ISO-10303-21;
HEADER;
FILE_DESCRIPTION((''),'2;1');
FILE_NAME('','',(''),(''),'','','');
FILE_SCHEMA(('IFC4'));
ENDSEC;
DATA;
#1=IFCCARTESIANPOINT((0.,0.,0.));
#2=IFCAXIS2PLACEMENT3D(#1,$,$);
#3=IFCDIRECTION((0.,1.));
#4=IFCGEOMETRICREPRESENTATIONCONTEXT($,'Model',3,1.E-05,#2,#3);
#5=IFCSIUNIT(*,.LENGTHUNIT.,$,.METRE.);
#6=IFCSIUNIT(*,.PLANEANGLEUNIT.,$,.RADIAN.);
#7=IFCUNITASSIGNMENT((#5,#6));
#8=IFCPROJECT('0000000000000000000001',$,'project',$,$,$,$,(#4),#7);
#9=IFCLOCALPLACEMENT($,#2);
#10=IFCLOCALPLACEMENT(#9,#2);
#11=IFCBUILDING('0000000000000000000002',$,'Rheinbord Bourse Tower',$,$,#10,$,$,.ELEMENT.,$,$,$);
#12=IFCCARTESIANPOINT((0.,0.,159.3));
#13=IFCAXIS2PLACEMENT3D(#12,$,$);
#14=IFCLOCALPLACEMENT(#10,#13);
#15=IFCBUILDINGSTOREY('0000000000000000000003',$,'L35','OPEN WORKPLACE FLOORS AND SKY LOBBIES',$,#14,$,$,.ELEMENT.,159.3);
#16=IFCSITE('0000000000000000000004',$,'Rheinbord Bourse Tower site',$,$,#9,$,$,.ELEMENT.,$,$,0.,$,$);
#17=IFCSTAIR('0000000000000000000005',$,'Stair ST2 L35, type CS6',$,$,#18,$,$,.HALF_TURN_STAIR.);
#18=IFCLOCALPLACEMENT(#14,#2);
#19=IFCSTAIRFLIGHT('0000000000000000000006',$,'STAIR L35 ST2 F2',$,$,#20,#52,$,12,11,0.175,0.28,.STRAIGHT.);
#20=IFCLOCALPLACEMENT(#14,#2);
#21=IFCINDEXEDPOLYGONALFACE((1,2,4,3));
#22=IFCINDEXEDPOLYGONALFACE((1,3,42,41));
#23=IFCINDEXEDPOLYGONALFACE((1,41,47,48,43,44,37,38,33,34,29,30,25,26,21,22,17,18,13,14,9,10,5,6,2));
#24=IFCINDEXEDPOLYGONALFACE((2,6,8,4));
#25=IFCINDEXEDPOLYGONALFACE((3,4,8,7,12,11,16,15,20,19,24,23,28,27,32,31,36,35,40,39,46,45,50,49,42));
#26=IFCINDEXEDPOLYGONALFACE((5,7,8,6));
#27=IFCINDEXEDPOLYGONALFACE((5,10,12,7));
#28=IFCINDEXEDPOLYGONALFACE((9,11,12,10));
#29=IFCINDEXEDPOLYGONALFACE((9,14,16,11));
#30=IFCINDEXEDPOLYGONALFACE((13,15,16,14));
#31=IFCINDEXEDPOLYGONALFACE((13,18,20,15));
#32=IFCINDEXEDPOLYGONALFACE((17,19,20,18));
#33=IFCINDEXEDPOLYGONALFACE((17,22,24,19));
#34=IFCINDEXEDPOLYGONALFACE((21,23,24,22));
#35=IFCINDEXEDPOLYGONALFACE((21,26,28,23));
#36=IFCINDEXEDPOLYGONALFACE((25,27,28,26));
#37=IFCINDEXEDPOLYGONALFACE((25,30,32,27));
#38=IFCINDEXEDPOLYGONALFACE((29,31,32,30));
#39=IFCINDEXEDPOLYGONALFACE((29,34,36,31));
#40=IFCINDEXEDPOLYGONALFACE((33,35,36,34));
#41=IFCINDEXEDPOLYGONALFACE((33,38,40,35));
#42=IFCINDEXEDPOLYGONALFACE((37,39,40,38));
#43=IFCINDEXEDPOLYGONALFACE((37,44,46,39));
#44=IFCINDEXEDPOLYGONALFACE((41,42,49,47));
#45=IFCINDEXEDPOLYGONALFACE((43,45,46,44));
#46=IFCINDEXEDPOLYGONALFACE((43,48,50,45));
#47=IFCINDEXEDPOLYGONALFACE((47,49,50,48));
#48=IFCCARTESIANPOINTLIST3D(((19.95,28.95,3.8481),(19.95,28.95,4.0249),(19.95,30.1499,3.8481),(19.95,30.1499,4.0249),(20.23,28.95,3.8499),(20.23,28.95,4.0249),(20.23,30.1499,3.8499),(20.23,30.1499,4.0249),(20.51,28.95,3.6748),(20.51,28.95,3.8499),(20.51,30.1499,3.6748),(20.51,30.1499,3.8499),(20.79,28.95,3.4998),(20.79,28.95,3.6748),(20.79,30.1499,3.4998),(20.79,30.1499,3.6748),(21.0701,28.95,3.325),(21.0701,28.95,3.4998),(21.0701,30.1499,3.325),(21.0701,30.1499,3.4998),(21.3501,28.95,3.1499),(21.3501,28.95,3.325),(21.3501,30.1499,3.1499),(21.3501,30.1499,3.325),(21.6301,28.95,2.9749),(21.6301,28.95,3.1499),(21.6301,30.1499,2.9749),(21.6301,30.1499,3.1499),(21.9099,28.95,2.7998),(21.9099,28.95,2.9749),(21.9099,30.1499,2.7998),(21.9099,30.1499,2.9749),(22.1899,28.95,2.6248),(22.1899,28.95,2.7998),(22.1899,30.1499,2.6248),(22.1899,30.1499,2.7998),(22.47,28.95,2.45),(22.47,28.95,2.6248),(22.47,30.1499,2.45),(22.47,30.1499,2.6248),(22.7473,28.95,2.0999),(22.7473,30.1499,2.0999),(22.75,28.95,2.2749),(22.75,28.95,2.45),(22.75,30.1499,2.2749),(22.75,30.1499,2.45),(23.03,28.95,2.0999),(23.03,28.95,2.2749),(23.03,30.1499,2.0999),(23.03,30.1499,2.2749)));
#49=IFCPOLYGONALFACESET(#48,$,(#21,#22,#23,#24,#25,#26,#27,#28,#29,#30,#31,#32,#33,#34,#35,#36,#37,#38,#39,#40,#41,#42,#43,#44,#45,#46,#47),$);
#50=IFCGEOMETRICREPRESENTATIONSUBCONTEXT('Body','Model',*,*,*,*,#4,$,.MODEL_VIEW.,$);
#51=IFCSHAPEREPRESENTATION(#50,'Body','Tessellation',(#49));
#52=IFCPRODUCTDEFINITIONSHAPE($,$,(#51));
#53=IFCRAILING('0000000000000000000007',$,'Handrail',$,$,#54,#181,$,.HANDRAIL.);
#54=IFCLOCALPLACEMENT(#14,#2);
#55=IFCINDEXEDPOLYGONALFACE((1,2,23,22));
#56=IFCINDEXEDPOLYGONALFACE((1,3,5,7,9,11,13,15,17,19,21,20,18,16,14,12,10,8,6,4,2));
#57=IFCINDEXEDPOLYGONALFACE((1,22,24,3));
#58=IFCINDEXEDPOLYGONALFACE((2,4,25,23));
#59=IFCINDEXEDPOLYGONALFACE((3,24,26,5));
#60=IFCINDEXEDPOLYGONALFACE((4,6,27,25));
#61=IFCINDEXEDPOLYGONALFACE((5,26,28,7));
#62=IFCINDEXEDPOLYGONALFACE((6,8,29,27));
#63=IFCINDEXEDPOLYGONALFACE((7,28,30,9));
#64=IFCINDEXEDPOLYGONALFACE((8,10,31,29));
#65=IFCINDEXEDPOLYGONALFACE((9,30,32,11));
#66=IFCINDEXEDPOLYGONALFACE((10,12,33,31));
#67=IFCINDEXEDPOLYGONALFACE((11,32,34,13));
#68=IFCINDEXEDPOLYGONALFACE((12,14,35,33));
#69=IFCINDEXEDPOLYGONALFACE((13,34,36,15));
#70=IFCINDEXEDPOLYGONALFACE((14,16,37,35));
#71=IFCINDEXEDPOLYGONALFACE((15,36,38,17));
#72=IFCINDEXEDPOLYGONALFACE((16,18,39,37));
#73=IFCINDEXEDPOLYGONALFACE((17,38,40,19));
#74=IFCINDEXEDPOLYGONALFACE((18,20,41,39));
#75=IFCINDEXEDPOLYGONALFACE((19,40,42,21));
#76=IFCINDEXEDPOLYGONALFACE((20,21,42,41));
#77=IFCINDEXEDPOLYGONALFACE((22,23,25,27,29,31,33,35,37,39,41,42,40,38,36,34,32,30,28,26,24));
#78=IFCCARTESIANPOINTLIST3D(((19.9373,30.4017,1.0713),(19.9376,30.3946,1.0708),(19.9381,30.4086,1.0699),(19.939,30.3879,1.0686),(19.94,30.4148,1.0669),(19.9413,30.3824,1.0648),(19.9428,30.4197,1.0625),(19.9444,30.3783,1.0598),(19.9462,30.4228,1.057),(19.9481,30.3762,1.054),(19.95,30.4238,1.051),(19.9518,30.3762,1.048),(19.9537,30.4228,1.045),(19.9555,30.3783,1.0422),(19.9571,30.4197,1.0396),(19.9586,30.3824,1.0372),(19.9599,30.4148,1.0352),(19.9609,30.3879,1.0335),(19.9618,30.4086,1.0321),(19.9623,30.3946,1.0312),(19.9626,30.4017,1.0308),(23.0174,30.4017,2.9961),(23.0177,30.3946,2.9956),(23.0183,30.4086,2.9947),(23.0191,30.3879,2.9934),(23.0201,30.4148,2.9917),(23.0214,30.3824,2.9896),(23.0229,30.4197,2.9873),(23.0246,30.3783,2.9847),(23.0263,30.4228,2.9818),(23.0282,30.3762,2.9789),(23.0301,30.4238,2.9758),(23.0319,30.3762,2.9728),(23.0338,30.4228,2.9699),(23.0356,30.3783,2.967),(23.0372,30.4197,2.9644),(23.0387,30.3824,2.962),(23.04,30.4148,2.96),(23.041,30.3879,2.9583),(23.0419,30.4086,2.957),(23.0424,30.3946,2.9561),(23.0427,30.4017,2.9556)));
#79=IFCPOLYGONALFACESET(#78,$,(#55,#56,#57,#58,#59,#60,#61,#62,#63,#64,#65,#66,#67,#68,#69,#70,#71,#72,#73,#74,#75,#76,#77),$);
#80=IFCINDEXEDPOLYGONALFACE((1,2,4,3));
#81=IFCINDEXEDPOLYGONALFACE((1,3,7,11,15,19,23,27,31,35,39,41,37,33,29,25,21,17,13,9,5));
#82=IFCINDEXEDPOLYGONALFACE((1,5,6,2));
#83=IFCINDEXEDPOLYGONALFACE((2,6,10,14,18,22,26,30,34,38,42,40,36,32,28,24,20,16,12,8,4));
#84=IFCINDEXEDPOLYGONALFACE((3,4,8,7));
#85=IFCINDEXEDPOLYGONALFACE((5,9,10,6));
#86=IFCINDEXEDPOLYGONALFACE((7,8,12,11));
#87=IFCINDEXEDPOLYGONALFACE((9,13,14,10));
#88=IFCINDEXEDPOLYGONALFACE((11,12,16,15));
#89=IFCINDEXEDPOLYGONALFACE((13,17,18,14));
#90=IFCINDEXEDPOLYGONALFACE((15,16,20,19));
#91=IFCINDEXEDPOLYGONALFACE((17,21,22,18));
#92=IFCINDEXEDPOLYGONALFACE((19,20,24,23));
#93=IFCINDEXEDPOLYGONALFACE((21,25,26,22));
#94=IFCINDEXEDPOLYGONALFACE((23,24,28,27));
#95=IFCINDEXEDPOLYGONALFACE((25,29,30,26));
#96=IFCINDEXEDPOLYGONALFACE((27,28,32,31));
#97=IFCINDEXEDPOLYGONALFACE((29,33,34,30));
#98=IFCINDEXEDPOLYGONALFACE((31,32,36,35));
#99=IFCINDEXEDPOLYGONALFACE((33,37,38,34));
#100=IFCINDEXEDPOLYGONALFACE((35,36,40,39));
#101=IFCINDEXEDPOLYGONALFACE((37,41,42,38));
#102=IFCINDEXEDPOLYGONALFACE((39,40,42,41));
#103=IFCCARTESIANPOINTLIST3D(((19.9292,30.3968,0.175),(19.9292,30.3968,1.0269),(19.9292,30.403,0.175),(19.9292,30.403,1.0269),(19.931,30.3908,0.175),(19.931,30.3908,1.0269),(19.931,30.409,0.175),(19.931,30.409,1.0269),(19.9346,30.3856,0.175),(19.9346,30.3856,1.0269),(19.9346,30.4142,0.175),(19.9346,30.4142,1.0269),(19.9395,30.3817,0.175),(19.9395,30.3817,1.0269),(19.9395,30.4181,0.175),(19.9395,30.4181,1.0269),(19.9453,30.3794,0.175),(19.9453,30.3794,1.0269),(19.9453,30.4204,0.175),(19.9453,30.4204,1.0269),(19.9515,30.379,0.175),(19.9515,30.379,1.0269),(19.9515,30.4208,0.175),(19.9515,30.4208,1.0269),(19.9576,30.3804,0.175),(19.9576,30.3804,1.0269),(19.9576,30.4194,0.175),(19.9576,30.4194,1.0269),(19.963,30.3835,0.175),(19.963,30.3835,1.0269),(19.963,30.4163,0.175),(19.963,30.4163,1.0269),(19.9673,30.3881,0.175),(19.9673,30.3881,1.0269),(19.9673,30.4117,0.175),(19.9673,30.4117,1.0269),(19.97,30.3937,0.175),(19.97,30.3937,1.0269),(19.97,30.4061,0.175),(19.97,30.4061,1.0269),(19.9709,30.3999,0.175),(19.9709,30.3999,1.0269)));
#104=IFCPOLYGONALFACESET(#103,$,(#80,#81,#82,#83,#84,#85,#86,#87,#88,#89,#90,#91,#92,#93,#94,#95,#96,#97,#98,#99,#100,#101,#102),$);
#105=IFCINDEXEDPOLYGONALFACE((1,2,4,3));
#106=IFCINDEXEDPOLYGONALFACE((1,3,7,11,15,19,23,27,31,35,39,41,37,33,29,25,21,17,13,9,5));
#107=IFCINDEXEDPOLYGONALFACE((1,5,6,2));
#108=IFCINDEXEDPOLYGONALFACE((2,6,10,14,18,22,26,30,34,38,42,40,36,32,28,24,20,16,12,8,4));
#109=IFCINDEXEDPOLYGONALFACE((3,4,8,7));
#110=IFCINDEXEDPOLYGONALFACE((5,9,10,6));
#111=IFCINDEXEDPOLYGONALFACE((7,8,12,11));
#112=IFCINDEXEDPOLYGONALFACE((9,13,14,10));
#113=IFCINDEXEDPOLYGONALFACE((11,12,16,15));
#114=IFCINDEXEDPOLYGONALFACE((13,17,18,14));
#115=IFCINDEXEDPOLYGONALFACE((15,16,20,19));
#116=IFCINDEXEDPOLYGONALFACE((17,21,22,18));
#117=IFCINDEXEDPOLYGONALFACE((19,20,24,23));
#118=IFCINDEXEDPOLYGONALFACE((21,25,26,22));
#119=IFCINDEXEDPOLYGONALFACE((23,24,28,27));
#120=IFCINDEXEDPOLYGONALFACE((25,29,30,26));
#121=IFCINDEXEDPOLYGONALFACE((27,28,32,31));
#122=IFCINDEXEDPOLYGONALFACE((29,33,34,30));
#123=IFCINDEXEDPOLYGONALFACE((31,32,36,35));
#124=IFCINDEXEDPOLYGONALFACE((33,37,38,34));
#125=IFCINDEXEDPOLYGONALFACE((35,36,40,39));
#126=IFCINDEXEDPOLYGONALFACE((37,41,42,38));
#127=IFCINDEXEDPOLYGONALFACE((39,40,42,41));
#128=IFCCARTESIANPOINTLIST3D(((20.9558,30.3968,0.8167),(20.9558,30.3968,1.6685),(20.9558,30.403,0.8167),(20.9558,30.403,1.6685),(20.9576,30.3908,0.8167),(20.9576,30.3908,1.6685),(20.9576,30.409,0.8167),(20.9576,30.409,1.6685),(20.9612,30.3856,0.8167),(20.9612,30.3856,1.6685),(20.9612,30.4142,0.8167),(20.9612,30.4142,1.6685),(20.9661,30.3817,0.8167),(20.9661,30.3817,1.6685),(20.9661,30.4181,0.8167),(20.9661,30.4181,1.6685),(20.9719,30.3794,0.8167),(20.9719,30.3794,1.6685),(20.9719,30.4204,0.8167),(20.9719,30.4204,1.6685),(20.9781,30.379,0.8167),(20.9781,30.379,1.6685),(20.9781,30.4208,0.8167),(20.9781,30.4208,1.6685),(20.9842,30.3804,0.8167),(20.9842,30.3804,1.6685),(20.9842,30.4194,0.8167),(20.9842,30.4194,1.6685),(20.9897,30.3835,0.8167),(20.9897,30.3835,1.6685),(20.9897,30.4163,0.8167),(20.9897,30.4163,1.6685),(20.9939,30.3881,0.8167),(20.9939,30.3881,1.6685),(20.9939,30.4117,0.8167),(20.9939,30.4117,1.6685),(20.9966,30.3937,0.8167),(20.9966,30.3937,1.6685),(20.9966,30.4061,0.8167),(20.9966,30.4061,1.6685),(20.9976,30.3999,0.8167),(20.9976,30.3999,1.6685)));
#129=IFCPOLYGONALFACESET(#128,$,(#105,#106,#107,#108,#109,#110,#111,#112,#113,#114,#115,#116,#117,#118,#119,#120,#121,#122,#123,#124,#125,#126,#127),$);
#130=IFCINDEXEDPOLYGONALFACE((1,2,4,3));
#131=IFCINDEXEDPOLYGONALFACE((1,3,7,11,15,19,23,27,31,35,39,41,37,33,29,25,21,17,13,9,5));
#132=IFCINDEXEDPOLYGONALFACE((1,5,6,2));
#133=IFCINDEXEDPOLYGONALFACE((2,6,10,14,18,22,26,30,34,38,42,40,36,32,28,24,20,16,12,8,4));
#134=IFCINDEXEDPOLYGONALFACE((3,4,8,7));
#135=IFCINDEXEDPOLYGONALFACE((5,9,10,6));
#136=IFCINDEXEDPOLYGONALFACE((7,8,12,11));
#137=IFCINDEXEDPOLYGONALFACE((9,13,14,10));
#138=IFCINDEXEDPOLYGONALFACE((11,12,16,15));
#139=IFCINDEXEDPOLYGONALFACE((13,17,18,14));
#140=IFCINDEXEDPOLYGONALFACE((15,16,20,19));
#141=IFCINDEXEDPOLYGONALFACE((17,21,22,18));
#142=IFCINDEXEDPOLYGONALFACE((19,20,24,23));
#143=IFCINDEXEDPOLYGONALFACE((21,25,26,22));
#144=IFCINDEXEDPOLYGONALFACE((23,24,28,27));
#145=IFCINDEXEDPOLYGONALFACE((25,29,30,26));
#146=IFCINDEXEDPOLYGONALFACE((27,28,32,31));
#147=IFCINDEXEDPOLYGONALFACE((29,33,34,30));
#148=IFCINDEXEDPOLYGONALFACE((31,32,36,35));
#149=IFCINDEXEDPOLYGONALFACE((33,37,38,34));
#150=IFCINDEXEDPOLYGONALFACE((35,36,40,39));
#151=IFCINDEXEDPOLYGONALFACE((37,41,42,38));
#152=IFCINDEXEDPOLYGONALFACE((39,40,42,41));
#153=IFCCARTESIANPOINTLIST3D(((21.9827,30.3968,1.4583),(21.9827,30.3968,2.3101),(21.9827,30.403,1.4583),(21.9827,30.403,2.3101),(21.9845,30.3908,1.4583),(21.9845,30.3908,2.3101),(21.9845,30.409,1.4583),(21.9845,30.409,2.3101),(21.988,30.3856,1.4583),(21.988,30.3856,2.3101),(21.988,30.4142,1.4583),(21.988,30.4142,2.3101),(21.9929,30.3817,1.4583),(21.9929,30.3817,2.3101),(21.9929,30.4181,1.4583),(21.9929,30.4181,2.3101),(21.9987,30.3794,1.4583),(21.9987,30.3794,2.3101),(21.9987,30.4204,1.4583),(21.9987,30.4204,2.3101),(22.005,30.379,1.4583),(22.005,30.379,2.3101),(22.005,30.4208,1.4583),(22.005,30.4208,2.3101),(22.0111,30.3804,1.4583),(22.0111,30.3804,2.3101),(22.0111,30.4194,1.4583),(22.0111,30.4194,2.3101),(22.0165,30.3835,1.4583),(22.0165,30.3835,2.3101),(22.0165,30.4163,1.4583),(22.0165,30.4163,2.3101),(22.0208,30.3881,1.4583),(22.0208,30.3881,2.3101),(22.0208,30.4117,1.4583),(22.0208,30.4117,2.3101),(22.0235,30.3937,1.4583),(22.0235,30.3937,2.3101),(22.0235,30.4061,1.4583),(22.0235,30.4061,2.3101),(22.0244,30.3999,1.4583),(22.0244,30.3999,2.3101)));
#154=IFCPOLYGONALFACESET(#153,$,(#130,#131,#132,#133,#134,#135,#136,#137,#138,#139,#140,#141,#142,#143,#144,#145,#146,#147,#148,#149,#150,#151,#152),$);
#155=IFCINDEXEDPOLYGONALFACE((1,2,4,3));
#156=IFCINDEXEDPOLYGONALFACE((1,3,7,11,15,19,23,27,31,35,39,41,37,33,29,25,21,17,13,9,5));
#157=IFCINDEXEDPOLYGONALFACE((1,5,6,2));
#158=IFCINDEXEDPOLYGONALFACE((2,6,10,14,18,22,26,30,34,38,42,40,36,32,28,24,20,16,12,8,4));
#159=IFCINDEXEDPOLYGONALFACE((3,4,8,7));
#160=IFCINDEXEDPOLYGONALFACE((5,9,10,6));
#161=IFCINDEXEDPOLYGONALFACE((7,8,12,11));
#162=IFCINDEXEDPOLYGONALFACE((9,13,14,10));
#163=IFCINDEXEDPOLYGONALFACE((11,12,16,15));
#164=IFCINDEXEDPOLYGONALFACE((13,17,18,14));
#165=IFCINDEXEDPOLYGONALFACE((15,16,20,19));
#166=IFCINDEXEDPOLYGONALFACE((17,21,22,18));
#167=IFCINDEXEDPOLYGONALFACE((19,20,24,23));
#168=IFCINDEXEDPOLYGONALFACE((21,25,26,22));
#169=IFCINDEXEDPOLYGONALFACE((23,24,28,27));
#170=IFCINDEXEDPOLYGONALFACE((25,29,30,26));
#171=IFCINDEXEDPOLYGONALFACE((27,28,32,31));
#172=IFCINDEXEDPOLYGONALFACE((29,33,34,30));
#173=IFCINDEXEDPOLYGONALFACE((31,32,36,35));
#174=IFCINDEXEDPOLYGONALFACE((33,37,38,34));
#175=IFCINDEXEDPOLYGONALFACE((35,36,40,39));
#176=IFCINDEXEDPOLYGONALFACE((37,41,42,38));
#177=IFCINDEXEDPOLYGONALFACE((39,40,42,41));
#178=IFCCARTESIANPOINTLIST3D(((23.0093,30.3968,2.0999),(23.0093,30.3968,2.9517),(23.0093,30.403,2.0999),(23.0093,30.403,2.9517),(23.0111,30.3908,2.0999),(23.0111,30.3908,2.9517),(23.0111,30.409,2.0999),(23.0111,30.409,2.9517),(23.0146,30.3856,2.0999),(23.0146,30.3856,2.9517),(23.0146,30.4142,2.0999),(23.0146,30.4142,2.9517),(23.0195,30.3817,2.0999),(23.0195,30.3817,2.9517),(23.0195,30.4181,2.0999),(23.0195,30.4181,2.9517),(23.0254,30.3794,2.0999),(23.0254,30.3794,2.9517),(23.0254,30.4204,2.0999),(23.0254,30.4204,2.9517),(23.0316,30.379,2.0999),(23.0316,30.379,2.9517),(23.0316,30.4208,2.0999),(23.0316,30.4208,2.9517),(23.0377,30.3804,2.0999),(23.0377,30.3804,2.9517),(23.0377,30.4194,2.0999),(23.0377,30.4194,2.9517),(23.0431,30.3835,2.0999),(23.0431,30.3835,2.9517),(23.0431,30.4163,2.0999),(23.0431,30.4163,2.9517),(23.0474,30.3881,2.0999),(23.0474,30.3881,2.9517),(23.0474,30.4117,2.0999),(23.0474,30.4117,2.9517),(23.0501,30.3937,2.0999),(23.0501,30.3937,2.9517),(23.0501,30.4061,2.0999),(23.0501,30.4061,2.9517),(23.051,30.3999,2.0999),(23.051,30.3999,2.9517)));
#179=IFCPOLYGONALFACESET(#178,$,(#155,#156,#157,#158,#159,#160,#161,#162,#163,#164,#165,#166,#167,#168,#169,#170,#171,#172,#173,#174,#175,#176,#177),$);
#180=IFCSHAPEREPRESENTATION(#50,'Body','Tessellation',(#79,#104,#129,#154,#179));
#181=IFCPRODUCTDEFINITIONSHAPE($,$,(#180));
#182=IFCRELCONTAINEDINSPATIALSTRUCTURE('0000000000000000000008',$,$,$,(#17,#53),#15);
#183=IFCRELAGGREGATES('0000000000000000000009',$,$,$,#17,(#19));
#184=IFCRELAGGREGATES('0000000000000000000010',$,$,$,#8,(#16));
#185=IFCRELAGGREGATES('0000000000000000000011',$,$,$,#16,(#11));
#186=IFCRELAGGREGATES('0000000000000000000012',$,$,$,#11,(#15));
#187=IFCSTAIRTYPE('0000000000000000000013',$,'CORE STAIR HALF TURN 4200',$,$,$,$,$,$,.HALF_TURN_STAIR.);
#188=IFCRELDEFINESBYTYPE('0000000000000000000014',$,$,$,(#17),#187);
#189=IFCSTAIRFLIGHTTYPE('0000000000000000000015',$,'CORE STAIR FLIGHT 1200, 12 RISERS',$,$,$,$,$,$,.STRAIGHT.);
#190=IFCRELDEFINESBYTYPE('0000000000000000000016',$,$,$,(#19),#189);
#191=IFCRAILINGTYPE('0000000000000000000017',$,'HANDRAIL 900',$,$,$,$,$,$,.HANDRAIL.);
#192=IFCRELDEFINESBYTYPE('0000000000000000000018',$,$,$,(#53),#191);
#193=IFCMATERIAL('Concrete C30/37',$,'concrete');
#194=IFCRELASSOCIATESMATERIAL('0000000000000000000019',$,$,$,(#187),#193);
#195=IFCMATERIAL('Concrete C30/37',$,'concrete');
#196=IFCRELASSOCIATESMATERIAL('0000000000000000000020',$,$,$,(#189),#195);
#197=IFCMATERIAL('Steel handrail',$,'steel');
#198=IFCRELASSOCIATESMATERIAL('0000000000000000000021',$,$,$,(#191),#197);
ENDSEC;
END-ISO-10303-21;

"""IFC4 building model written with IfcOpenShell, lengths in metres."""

from ifc_helpers import new_model, si_unit, direction, frame, origin, origin_2d, place, context, subcontext, project, spatial, polyline, circle, outline, extrude, material, type_object, element, aggregate, save


model = new_model("IFC4")

# Units and contexts
model_context = context("Model", 3, precision=1e-05, world=origin(), true_north=direction((0.0, 1.0)))
body_context = subcontext(model_context, "Body", "Model", "MODEL_VIEW")
ifc_project = project(units=[si_unit("LENGTHUNIT", "METRE"), si_unit("PLANEANGLEUNIT", "RADIAN")], contexts=[model_context])

# Site, building, storey
site_placement = place(None, origin())
site = spatial("IfcSite", under=ifc_project, at=site_placement, Name="Rheinbord Bourse Tower site", CompositionType="ELEMENT", RefElevation=0.0)
building_placement = place(site_placement, origin())
building = spatial("IfcBuilding", under=site, at=building_placement, Name="Rheinbord Bourse Tower", CompositionType="ELEMENT")
storey_placement = place(building_placement, frame((0.0, 0.0, 159.3)))
storey = spatial("IfcBuildingStorey", under=building, at=storey_placement, Name="L35", Description="OPEN WORKPLACE FLOORS AND SKY LOBBIES", CompositionType="ELEMENT", Elevation=159.3)

# Stair, stair flight
ifc_material_1 = material(Name="Concrete C30/37", Category="concrete")
stair_type = type_object("IfcStairType", Name="CORE STAIR HALF TURN 4200", PredefinedType="HALF_TURN_STAIR", material=ifc_material_1)
stair_placement = place(storey_placement, origin())
stair = element("IfcStair", 1, at=stair_placement, inside=storey, type_object=stair_type, Name="Stair ST2 L35, type CS6", PredefinedType="HALF_TURN_STAIR")
ifc_material_2 = material(Name="Concrete C30/37", Category="concrete")
stair_flight_type = type_object("IfcStairFlightType", Name="CORE STAIR FLIGHT 1200, 12 RISERS", PredefinedType="STRAIGHT", material=ifc_material_2)
stair_flight_1_placement = place(storey_placement, frame((23.03, 29.55, 2.0999), z_axis=(0.0, 0.0, 1.0), x_axis=(-1.0, 0.0, 0.0)))
stair_flight_1 = element("IfcStairFlight", 2, at=stair_flight_1_placement, type_object=stair_flight_type, Name="STAIR L35 ST2 F2", NumberOfRisers=12, NumberOfTreads=11, PredefinedType="STRAIGHT", RiserHeight=0.175, TreadLength=0.28, context=body_context, shape_type="SweptSolid", body=[
    extrude(outline(polyline([(0.0, 0.0), (0.0, 0.175), (0.28, 0.175), (0.28, 0.3501), (0.5601, 0.3501), (0.5601, 0.5249), (0.8401, 0.5249), (0.8401, 0.7), (1.1201, 0.7), (1.1201, 0.875), (1.3999, 0.875), (1.3999, 1.05), (1.6799, 1.05), (1.6799, 1.2251), (1.96, 1.2251), (1.96, 1.3999), (2.24, 1.3999), (2.24, 1.575), (2.52, 1.575), (2.52, 1.75), (2.8, 1.75), (2.8, 1.925), (3.0801, 1.925), (3.0801, 2.1001), (3.0801, 1.7483), (0.2827, 0.0), (0.0, 0.0)])), frame((0.0, 0.6001, 0.0), z_axis=(0.0, -1.0, 0.0), x_axis=(1.0, 0.0, 0.0)), (0.0, 0.0, 1.0), 1.2),
])
aggregate(stair, [stair_flight_1])

# Railing
ifc_material_3 = material(Name="Steel handrail", Category="steel")
railing_type = type_object("IfcRailingType", Name="HANDRAIL 900", PredefinedType="HANDRAIL", material=ifc_material_3)
railing_1_placement = place(storey_placement, frame((19.95, 30.3999, 0.175)))
element("IfcRailing", 3, at=railing_1_placement, inside=storey, type_object=railing_type, Name="Handrail", PredefinedType="HANDRAIL", context=body_context, shape_type="SweptSolid", body=[
    extrude(circle(Radius=0.0239, at=origin_2d()), frame((0.0, 0.0, 0.876), z_axis=(0.848029, 0.0, 0.529951), x_axis=(0.0, 1.0, 0.0)), (0.0, 0.0, 1.0), 3.6321),
    extrude(circle(Radius=0.021, at=origin_2d()), origin(), (0.0, 0.0, 1.0), 0.8518),
    extrude(circle(Radius=0.021, at=origin_2d()), frame((1.0266, 0.0, 0.6416)), (0.0, 0.0, 1.0), 0.8518),
    extrude(circle(Radius=0.021, at=origin_2d()), frame((2.0535, 0.0, 1.2832)), (0.0, 0.0, 1.0), 0.8518),
    extrude(circle(Radius=0.021, at=origin_2d()), frame((3.0801, 0.0, 1.9248)), (0.0, 0.0, 1.0), 0.8518),
])

save(model, "model.ifc")
